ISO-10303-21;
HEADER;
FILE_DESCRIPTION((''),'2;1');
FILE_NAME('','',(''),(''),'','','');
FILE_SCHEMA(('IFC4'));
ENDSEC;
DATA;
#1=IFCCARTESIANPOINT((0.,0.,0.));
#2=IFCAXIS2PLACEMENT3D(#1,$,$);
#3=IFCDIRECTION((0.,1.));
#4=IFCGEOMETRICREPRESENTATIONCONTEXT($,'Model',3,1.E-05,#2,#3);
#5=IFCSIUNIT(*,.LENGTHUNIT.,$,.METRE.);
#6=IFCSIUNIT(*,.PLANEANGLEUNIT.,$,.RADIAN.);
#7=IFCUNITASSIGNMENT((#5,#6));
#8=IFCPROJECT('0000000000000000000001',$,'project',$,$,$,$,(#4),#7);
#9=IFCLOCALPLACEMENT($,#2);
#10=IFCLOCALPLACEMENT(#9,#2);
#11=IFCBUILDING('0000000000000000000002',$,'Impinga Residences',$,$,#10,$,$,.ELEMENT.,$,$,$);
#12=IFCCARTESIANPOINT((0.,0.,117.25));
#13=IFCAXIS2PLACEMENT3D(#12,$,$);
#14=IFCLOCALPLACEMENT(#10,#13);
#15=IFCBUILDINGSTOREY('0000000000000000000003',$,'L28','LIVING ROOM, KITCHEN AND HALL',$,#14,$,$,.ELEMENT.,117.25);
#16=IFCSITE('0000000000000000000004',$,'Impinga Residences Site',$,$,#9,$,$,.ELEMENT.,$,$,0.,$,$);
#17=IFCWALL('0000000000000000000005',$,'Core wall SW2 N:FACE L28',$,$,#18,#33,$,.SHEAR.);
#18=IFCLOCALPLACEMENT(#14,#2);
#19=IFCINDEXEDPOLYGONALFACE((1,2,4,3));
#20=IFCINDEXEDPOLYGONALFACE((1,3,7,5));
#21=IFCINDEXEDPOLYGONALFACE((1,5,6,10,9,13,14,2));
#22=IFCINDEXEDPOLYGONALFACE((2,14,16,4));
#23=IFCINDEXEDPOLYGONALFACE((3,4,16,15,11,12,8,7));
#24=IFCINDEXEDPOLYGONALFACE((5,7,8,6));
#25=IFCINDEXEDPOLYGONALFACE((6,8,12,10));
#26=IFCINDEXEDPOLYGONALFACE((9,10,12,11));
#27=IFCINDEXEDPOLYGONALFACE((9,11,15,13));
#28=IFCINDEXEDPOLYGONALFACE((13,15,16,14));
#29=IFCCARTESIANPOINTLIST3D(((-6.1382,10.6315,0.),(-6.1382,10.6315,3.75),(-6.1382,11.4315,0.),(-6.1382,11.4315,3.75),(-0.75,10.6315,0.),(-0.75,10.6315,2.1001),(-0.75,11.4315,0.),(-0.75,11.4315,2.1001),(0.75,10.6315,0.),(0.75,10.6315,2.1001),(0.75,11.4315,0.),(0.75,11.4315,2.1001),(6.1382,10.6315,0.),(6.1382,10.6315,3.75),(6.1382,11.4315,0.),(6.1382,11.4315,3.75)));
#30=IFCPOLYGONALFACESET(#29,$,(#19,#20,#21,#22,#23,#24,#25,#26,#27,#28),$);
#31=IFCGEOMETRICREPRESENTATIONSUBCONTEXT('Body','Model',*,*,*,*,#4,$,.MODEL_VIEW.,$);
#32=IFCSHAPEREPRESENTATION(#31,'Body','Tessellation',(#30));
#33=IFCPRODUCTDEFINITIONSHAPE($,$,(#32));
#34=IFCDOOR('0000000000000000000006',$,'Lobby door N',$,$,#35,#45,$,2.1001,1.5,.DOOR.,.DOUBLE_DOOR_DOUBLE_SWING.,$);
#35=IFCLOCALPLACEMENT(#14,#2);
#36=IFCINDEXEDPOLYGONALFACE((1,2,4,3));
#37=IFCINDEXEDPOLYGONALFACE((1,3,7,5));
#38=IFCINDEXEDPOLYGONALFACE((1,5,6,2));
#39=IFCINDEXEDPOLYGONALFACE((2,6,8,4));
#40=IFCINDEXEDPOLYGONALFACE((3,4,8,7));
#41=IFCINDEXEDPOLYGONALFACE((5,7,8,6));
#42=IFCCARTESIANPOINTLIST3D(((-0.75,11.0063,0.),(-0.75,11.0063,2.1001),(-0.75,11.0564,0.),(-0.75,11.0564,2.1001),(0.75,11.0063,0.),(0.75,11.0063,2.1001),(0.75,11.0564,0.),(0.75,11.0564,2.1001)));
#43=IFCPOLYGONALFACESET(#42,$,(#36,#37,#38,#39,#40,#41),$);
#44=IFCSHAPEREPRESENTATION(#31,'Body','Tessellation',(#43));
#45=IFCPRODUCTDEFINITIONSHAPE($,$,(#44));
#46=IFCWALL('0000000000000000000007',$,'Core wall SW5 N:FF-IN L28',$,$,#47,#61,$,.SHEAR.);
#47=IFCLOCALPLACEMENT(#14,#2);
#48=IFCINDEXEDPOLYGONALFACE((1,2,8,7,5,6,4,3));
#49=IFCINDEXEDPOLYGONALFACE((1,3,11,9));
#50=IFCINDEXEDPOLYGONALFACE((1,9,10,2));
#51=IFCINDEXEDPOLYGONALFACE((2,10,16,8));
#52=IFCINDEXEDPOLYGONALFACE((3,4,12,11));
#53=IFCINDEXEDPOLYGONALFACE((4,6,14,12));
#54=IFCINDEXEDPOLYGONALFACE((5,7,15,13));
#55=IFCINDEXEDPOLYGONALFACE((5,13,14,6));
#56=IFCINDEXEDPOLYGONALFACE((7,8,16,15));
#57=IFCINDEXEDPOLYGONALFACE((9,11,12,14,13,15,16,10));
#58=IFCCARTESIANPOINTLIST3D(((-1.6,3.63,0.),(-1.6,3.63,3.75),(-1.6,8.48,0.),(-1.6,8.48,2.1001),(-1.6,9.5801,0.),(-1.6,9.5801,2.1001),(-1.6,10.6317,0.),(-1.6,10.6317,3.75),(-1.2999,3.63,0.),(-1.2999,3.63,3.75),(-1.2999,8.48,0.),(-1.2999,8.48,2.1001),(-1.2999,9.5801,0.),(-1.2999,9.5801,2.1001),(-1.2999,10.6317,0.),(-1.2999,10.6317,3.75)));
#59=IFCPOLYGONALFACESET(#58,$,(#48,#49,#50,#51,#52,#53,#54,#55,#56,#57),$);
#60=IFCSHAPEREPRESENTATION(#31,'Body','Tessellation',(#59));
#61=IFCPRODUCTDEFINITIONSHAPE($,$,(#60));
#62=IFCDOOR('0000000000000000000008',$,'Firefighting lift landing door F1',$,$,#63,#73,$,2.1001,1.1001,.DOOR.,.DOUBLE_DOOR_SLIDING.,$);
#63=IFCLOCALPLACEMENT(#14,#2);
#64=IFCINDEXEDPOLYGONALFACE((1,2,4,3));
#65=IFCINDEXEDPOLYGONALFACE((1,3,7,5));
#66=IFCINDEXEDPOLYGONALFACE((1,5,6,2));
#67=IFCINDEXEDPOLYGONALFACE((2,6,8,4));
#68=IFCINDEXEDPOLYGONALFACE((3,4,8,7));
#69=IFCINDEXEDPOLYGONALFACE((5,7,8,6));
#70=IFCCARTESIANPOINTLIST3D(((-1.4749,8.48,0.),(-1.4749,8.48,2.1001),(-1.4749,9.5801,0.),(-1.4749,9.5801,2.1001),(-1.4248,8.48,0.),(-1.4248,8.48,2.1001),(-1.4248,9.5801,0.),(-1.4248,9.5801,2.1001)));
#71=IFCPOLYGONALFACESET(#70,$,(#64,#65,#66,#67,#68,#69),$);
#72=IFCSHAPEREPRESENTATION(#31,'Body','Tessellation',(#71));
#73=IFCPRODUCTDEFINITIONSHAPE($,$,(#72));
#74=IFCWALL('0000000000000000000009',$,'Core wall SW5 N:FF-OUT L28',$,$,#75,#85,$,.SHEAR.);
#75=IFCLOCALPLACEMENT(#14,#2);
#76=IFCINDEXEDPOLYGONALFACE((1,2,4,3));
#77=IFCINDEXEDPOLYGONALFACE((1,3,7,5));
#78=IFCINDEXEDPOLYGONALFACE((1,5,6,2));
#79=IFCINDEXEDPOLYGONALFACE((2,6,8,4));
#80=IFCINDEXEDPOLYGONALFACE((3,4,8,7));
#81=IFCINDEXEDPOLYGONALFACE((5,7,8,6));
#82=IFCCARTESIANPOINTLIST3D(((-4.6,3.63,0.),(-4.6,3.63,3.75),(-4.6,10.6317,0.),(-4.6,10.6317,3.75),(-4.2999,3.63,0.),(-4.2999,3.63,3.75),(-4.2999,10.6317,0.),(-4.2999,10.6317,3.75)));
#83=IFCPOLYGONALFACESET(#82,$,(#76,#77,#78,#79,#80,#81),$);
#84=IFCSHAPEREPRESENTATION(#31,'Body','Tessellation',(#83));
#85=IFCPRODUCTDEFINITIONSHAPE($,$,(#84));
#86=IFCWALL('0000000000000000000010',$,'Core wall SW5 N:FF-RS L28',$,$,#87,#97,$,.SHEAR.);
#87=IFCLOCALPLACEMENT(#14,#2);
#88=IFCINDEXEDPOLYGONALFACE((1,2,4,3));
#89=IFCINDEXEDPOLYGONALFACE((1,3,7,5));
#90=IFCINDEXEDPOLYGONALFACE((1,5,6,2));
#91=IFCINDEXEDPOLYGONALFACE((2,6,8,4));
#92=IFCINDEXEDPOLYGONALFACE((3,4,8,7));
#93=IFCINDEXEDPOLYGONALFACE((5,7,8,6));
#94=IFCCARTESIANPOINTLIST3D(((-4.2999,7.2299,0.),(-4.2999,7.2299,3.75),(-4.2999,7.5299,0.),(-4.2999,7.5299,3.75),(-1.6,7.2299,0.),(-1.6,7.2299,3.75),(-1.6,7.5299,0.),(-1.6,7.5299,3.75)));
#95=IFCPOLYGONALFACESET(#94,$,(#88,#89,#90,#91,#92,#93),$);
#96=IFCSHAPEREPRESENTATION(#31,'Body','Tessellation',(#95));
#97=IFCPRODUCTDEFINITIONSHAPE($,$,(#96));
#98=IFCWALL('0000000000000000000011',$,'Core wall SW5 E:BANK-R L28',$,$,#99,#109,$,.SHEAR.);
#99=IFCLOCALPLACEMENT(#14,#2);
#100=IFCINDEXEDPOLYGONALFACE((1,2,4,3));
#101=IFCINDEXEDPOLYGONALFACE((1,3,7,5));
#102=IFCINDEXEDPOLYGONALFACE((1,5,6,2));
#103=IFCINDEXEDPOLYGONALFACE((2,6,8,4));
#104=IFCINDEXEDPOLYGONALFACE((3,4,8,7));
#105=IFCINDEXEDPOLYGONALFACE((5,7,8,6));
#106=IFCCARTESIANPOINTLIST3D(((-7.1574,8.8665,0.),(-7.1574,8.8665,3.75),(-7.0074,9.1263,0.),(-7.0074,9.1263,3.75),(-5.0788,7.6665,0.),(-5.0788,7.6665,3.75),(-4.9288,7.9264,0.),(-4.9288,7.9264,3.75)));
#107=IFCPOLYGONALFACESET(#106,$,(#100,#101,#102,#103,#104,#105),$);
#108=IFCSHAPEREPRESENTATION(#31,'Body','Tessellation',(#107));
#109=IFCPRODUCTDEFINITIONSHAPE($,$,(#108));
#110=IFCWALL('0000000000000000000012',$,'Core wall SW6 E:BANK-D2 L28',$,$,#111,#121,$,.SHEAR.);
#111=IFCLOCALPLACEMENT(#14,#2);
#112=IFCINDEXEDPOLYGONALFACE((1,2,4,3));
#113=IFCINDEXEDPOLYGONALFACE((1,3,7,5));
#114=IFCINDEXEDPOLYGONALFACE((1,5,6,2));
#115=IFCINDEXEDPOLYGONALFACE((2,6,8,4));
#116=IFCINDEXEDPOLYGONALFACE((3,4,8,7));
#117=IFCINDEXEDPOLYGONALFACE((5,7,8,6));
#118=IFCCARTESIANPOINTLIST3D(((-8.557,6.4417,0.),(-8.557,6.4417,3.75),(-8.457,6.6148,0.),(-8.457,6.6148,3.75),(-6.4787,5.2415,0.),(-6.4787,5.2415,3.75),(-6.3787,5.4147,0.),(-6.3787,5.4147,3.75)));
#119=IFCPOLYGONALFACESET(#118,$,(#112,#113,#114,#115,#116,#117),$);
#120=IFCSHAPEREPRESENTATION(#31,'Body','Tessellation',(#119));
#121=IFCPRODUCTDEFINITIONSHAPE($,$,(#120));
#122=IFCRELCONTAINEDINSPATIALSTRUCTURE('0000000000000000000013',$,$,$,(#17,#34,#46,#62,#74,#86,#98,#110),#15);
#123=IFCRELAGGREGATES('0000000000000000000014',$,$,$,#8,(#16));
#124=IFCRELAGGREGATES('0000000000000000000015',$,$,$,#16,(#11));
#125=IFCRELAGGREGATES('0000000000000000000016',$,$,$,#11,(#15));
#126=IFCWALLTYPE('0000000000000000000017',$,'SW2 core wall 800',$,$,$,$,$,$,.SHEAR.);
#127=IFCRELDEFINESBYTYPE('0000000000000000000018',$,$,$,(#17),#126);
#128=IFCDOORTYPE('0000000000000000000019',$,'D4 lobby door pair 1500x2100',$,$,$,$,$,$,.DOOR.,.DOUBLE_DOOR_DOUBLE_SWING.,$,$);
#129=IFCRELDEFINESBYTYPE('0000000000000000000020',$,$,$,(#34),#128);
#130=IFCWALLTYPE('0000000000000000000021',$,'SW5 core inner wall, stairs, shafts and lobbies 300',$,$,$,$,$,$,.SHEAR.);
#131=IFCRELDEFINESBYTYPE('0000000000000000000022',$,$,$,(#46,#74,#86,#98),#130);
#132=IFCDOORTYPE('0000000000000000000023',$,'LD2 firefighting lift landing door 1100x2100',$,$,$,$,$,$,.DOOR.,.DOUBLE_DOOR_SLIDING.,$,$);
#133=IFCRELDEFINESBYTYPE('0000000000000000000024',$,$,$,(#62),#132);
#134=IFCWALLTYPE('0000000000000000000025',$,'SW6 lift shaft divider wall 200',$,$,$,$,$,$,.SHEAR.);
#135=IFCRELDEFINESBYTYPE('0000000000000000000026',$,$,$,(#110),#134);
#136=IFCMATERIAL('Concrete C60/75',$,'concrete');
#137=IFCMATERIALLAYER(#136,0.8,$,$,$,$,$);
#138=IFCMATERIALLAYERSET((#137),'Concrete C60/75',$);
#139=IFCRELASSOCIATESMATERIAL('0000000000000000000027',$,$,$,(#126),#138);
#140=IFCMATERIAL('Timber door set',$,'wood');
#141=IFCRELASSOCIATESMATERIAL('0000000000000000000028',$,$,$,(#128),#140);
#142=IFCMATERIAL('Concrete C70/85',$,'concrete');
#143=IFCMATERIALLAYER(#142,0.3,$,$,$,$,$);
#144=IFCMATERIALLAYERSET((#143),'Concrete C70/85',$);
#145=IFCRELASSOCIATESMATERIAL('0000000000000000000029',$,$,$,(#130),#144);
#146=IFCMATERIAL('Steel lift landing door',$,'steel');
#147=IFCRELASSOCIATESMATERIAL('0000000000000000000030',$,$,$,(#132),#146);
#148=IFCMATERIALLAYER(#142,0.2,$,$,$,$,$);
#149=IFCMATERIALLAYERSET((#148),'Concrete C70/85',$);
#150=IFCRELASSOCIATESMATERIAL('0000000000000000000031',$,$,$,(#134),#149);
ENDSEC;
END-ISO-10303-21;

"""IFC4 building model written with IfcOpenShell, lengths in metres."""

from ifc_helpers import new_model, si_unit, direction, frame, frame_2d, origin, place, context, subcontext, project, spatial, rectangle, extrude, material, layer, layer_set, type_object, element, fill, save


model = new_model("IFC4")

# Units and contexts
model_context = context("Model", 3, precision=1e-05, world=origin(), true_north=direction((0.0, 1.0)))
body_context = subcontext(model_context, "Body", "Model", "MODEL_VIEW")
ifc_project = project(units=[si_unit("LENGTHUNIT", "METRE"), si_unit("PLANEANGLEUNIT", "RADIAN")], contexts=[model_context])

# Site, building, storey
site_placement = place(None, origin())
site = spatial("IfcSite", under=ifc_project, at=site_placement, Name="Impinga Residences Site", CompositionType="ELEMENT", RefElevation=0.0)
building_placement = place(site_placement, origin())
building = spatial("IfcBuilding", under=site, at=building_placement, Name="Impinga Residences", CompositionType="ELEMENT")
storey_placement = place(building_placement, frame((0.0, 0.0, 117.25)))
storey = spatial("IfcBuildingStorey", under=building, at=storey_placement, Name="L28", Description="LIVING ROOM, KITCHEN AND HALL", CompositionType="ELEMENT", Elevation=117.25)

# Shared definitions
ifc_material_1 = material(Name="Concrete C60/75", Category="concrete")

# Shared definitions
ifc_material_2 = material(Name="Timber door set", Category="wood")

# Walls, openings, doors
ifc_layer_1 = layer(ifc_material_1, 0.8)
ifc_layer_set_1 = layer_set([ifc_layer_1], Name="Concrete C60/75")
wall_type_1 = type_object("IfcWallType", Name="SW2 core wall 800", PredefinedType="SHEAR", material=ifc_layer_set_1)
wall_1_placement = place(storey_placement, frame((-6.1382, 11.0315, 0.0), z_axis=(0.0, 0.0, 1.0), x_axis=(1.0, 0.0, 0.0)))
wall_1 = element("IfcWall", 1, at=wall_1_placement, inside=storey, type_object=wall_type_1, Name="Core wall SW2 N:FACE L28", PredefinedType="SHEAR", context=body_context, shape_type="SweptSolid", body=[
    extrude(rectangle(XDim=12.2764, YDim=0.8, at=frame_2d((6.1382, 0.0))), origin(), (0.0, 0.0, 1.0), 3.75),
])
opening_1_placement = place(wall_1_placement, frame((5.3882, 0.0, 0.0)))
opening_1 = element("IfcOpeningElement", 2, at=opening_1_placement, cuts=wall_1, PredefinedType="OPENING", context=body_context, shape_type="SweptSolid", body=[
    extrude(rectangle(XDim=1.5, YDim=2.1001, at=frame_2d((0.75, 1.05))), frame((0.0, 0.4099, 0.0), z_axis=(0.0, -1.0, 0.0), x_axis=(1.0, 0.0, 0.0)), (0.0, 0.0, 1.0), 0.8201),
])
door_type_1 = type_object("IfcDoorType", Name="D4 lobby door pair 1500x2100", OperationType="DOUBLE_DOOR_DOUBLE_SWING", PredefinedType="DOOR", material=ifc_material_2)
door_1_placement = place(opening_1_placement, origin())
door_1 = element("IfcDoor", 3, at=door_1_placement, inside=storey, type_object=door_type_1, Name="Lobby door N", OperationType="DOUBLE_DOOR_DOUBLE_SWING", OverallHeight=2.1001, OverallWidth=1.5, PredefinedType="DOOR", context=body_context, shape_type="SweptSolid", body=[
    extrude(rectangle(XDim=1.5, YDim=2.1001, at=frame_2d((0.75, 1.05))), frame((0.0, 0.0249, 0.0), z_axis=(0.0, -1.0, 0.0), x_axis=(1.0, 0.0, 0.0)), (0.0, 0.0, 1.0), 0.05),
])
fill(opening_1, door_1)
ifc_material_3 = material(Name="Concrete C70/85", Category="concrete")
ifc_layer_2 = layer(ifc_material_3, 0.3)
ifc_layer_set_2 = layer_set([ifc_layer_2], Name="Concrete C70/85")
wall_type_2 = type_object("IfcWallType", Name="SW5 core inner wall, stairs, shafts and lobbies 300", PredefinedType="SHEAR", material=ifc_layer_set_2)
wall_2_placement = place(storey_placement, frame((-1.45, 3.6299, 0.0), z_axis=(0.0, 0.0, 1.0), x_axis=(0.0, 1.0, 0.0)))
wall_2 = element("IfcWall", 4, at=wall_2_placement, inside=storey, type_object=wall_type_2, Name="Core wall SW5 N:FF-IN L28", PredefinedType="SHEAR", context=body_context, shape_type="SweptSolid", body=[
    extrude(rectangle(XDim=7.0017, YDim=0.3, at=frame_2d((3.501, 0.0))), origin(), (0.0, 0.0, 1.0), 3.75),
])
opening_2_placement = place(wall_2_placement, frame((4.8501, 0.0, 0.0)))
opening_2 = element("IfcOpeningElement", 5, at=opening_2_placement, cuts=wall_2, PredefinedType="OPENING", context=body_context, shape_type="SweptSolid", body=[
    extrude(rectangle(XDim=1.1001, YDim=2.1001, at=frame_2d((0.55, 1.05))), frame((0.0, 0.1599, 0.0), z_axis=(0.0, -1.0, 0.0), x_axis=(1.0, 0.0, 0.0)), (0.0, 0.0, 1.0), 0.3201),
])
ifc_material_4 = material(Name="Steel lift landing door", Category="steel")
door_type_2 = type_object("IfcDoorType", Name="LD2 firefighting lift landing door 1100x2100", OperationType="DOUBLE_DOOR_SLIDING", PredefinedType="DOOR", material=ifc_material_4)
door_2_placement = place(opening_2_placement, origin())
door_2 = element("IfcDoor", 6, at=door_2_placement, inside=storey, type_object=door_type_2, Name="Firefighting lift landing door F1", OperationType="DOUBLE_DOOR_SLIDING", OverallHeight=2.1001, OverallWidth=1.1001, PredefinedType="DOOR", context=body_context, shape_type="SweptSolid", body=[
    extrude(rectangle(XDim=1.1001, YDim=2.1001, at=frame_2d((0.55, 1.05))), frame((0.0, 0.0249, 0.0), z_axis=(0.0, -1.0, 0.0), x_axis=(1.0, 0.0, 0.0)), (0.0, 0.0, 1.0), 0.05),
])
fill(opening_2, door_2)

# Walls
wall_3_placement = place(storey_placement, frame((-4.45, 3.6299, 0.0), z_axis=(0.0, 0.0, 1.0), x_axis=(0.0, 1.0, 0.0)))
element("IfcWall", 7, at=wall_3_placement, inside=storey, type_object=wall_type_2, Name="Core wall SW5 N:FF-OUT L28", PredefinedType="SHEAR", context=body_context, shape_type="SweptSolid", body=[
    extrude(rectangle(XDim=7.0017, YDim=0.3, at=frame_2d((3.501, 0.0))), origin(), (0.0, 0.0, 1.0), 3.75),
])
wall_4_placement = place(storey_placement, frame((-4.3, 7.3799, 0.0), z_axis=(0.0, 0.0, 1.0), x_axis=(1.0, 0.0, 0.0)))
element("IfcWall", 8, at=wall_4_placement, inside=storey, type_object=wall_type_2, Name="Core wall SW5 N:FF-RS L28", PredefinedType="SHEAR", context=body_context, shape_type="SweptSolid", body=[
    extrude(rectangle(XDim=2.7, YDim=0.3, at=frame_2d((1.3501, 0.0))), origin(), (0.0, 0.0, 1.0), 3.75),
])
wall_5_placement = place(storey_placement, frame((-5.0037, 7.7964, 0.0), z_axis=(0.0, 0.0, 1.0), x_axis=(-0.86605, 0.499957, 0.0)))
element("IfcWall", 9, at=wall_5_placement, inside=storey, type_object=wall_type_2, Name="Core wall SW5 E:BANK-R L28", PredefinedType="SHEAR", context=body_context, shape_type="SweptSolid", body=[
    extrude(rectangle(XDim=2.4001, YDim=0.3, at=frame_2d((1.2002, 0.0))), origin(), (0.0, 0.0, 1.0), 3.75),
])
ifc_layer_3 = layer(ifc_material_3, 0.2)
ifc_layer_set_3 = layer_set([ifc_layer_3], Name="Concrete C70/85")
wall_type_3 = type_object("IfcWallType", Name="SW6 lift shaft divider wall 200", PredefinedType="SHEAR", material=ifc_layer_set_3)
wall_6_placement = place(storey_placement, frame((-6.4287, 5.3281, 0.0), z_axis=(0.0, 0.0, 1.0), x_axis=(-0.865981, 0.500078, 0.0)))
element("IfcWall", 10, at=wall_6_placement, inside=storey, type_object=wall_type_3, Name="Core wall SW6 E:BANK-D2 L28", PredefinedType="SHEAR", context=body_context, shape_type="SweptSolid", body=[
    extrude(rectangle(XDim=2.3999, YDim=0.2, at=frame_2d((1.2, 0.0))), origin(), (0.0, 0.0, 1.0), 3.75),
])

save(model, "model.ifc")
